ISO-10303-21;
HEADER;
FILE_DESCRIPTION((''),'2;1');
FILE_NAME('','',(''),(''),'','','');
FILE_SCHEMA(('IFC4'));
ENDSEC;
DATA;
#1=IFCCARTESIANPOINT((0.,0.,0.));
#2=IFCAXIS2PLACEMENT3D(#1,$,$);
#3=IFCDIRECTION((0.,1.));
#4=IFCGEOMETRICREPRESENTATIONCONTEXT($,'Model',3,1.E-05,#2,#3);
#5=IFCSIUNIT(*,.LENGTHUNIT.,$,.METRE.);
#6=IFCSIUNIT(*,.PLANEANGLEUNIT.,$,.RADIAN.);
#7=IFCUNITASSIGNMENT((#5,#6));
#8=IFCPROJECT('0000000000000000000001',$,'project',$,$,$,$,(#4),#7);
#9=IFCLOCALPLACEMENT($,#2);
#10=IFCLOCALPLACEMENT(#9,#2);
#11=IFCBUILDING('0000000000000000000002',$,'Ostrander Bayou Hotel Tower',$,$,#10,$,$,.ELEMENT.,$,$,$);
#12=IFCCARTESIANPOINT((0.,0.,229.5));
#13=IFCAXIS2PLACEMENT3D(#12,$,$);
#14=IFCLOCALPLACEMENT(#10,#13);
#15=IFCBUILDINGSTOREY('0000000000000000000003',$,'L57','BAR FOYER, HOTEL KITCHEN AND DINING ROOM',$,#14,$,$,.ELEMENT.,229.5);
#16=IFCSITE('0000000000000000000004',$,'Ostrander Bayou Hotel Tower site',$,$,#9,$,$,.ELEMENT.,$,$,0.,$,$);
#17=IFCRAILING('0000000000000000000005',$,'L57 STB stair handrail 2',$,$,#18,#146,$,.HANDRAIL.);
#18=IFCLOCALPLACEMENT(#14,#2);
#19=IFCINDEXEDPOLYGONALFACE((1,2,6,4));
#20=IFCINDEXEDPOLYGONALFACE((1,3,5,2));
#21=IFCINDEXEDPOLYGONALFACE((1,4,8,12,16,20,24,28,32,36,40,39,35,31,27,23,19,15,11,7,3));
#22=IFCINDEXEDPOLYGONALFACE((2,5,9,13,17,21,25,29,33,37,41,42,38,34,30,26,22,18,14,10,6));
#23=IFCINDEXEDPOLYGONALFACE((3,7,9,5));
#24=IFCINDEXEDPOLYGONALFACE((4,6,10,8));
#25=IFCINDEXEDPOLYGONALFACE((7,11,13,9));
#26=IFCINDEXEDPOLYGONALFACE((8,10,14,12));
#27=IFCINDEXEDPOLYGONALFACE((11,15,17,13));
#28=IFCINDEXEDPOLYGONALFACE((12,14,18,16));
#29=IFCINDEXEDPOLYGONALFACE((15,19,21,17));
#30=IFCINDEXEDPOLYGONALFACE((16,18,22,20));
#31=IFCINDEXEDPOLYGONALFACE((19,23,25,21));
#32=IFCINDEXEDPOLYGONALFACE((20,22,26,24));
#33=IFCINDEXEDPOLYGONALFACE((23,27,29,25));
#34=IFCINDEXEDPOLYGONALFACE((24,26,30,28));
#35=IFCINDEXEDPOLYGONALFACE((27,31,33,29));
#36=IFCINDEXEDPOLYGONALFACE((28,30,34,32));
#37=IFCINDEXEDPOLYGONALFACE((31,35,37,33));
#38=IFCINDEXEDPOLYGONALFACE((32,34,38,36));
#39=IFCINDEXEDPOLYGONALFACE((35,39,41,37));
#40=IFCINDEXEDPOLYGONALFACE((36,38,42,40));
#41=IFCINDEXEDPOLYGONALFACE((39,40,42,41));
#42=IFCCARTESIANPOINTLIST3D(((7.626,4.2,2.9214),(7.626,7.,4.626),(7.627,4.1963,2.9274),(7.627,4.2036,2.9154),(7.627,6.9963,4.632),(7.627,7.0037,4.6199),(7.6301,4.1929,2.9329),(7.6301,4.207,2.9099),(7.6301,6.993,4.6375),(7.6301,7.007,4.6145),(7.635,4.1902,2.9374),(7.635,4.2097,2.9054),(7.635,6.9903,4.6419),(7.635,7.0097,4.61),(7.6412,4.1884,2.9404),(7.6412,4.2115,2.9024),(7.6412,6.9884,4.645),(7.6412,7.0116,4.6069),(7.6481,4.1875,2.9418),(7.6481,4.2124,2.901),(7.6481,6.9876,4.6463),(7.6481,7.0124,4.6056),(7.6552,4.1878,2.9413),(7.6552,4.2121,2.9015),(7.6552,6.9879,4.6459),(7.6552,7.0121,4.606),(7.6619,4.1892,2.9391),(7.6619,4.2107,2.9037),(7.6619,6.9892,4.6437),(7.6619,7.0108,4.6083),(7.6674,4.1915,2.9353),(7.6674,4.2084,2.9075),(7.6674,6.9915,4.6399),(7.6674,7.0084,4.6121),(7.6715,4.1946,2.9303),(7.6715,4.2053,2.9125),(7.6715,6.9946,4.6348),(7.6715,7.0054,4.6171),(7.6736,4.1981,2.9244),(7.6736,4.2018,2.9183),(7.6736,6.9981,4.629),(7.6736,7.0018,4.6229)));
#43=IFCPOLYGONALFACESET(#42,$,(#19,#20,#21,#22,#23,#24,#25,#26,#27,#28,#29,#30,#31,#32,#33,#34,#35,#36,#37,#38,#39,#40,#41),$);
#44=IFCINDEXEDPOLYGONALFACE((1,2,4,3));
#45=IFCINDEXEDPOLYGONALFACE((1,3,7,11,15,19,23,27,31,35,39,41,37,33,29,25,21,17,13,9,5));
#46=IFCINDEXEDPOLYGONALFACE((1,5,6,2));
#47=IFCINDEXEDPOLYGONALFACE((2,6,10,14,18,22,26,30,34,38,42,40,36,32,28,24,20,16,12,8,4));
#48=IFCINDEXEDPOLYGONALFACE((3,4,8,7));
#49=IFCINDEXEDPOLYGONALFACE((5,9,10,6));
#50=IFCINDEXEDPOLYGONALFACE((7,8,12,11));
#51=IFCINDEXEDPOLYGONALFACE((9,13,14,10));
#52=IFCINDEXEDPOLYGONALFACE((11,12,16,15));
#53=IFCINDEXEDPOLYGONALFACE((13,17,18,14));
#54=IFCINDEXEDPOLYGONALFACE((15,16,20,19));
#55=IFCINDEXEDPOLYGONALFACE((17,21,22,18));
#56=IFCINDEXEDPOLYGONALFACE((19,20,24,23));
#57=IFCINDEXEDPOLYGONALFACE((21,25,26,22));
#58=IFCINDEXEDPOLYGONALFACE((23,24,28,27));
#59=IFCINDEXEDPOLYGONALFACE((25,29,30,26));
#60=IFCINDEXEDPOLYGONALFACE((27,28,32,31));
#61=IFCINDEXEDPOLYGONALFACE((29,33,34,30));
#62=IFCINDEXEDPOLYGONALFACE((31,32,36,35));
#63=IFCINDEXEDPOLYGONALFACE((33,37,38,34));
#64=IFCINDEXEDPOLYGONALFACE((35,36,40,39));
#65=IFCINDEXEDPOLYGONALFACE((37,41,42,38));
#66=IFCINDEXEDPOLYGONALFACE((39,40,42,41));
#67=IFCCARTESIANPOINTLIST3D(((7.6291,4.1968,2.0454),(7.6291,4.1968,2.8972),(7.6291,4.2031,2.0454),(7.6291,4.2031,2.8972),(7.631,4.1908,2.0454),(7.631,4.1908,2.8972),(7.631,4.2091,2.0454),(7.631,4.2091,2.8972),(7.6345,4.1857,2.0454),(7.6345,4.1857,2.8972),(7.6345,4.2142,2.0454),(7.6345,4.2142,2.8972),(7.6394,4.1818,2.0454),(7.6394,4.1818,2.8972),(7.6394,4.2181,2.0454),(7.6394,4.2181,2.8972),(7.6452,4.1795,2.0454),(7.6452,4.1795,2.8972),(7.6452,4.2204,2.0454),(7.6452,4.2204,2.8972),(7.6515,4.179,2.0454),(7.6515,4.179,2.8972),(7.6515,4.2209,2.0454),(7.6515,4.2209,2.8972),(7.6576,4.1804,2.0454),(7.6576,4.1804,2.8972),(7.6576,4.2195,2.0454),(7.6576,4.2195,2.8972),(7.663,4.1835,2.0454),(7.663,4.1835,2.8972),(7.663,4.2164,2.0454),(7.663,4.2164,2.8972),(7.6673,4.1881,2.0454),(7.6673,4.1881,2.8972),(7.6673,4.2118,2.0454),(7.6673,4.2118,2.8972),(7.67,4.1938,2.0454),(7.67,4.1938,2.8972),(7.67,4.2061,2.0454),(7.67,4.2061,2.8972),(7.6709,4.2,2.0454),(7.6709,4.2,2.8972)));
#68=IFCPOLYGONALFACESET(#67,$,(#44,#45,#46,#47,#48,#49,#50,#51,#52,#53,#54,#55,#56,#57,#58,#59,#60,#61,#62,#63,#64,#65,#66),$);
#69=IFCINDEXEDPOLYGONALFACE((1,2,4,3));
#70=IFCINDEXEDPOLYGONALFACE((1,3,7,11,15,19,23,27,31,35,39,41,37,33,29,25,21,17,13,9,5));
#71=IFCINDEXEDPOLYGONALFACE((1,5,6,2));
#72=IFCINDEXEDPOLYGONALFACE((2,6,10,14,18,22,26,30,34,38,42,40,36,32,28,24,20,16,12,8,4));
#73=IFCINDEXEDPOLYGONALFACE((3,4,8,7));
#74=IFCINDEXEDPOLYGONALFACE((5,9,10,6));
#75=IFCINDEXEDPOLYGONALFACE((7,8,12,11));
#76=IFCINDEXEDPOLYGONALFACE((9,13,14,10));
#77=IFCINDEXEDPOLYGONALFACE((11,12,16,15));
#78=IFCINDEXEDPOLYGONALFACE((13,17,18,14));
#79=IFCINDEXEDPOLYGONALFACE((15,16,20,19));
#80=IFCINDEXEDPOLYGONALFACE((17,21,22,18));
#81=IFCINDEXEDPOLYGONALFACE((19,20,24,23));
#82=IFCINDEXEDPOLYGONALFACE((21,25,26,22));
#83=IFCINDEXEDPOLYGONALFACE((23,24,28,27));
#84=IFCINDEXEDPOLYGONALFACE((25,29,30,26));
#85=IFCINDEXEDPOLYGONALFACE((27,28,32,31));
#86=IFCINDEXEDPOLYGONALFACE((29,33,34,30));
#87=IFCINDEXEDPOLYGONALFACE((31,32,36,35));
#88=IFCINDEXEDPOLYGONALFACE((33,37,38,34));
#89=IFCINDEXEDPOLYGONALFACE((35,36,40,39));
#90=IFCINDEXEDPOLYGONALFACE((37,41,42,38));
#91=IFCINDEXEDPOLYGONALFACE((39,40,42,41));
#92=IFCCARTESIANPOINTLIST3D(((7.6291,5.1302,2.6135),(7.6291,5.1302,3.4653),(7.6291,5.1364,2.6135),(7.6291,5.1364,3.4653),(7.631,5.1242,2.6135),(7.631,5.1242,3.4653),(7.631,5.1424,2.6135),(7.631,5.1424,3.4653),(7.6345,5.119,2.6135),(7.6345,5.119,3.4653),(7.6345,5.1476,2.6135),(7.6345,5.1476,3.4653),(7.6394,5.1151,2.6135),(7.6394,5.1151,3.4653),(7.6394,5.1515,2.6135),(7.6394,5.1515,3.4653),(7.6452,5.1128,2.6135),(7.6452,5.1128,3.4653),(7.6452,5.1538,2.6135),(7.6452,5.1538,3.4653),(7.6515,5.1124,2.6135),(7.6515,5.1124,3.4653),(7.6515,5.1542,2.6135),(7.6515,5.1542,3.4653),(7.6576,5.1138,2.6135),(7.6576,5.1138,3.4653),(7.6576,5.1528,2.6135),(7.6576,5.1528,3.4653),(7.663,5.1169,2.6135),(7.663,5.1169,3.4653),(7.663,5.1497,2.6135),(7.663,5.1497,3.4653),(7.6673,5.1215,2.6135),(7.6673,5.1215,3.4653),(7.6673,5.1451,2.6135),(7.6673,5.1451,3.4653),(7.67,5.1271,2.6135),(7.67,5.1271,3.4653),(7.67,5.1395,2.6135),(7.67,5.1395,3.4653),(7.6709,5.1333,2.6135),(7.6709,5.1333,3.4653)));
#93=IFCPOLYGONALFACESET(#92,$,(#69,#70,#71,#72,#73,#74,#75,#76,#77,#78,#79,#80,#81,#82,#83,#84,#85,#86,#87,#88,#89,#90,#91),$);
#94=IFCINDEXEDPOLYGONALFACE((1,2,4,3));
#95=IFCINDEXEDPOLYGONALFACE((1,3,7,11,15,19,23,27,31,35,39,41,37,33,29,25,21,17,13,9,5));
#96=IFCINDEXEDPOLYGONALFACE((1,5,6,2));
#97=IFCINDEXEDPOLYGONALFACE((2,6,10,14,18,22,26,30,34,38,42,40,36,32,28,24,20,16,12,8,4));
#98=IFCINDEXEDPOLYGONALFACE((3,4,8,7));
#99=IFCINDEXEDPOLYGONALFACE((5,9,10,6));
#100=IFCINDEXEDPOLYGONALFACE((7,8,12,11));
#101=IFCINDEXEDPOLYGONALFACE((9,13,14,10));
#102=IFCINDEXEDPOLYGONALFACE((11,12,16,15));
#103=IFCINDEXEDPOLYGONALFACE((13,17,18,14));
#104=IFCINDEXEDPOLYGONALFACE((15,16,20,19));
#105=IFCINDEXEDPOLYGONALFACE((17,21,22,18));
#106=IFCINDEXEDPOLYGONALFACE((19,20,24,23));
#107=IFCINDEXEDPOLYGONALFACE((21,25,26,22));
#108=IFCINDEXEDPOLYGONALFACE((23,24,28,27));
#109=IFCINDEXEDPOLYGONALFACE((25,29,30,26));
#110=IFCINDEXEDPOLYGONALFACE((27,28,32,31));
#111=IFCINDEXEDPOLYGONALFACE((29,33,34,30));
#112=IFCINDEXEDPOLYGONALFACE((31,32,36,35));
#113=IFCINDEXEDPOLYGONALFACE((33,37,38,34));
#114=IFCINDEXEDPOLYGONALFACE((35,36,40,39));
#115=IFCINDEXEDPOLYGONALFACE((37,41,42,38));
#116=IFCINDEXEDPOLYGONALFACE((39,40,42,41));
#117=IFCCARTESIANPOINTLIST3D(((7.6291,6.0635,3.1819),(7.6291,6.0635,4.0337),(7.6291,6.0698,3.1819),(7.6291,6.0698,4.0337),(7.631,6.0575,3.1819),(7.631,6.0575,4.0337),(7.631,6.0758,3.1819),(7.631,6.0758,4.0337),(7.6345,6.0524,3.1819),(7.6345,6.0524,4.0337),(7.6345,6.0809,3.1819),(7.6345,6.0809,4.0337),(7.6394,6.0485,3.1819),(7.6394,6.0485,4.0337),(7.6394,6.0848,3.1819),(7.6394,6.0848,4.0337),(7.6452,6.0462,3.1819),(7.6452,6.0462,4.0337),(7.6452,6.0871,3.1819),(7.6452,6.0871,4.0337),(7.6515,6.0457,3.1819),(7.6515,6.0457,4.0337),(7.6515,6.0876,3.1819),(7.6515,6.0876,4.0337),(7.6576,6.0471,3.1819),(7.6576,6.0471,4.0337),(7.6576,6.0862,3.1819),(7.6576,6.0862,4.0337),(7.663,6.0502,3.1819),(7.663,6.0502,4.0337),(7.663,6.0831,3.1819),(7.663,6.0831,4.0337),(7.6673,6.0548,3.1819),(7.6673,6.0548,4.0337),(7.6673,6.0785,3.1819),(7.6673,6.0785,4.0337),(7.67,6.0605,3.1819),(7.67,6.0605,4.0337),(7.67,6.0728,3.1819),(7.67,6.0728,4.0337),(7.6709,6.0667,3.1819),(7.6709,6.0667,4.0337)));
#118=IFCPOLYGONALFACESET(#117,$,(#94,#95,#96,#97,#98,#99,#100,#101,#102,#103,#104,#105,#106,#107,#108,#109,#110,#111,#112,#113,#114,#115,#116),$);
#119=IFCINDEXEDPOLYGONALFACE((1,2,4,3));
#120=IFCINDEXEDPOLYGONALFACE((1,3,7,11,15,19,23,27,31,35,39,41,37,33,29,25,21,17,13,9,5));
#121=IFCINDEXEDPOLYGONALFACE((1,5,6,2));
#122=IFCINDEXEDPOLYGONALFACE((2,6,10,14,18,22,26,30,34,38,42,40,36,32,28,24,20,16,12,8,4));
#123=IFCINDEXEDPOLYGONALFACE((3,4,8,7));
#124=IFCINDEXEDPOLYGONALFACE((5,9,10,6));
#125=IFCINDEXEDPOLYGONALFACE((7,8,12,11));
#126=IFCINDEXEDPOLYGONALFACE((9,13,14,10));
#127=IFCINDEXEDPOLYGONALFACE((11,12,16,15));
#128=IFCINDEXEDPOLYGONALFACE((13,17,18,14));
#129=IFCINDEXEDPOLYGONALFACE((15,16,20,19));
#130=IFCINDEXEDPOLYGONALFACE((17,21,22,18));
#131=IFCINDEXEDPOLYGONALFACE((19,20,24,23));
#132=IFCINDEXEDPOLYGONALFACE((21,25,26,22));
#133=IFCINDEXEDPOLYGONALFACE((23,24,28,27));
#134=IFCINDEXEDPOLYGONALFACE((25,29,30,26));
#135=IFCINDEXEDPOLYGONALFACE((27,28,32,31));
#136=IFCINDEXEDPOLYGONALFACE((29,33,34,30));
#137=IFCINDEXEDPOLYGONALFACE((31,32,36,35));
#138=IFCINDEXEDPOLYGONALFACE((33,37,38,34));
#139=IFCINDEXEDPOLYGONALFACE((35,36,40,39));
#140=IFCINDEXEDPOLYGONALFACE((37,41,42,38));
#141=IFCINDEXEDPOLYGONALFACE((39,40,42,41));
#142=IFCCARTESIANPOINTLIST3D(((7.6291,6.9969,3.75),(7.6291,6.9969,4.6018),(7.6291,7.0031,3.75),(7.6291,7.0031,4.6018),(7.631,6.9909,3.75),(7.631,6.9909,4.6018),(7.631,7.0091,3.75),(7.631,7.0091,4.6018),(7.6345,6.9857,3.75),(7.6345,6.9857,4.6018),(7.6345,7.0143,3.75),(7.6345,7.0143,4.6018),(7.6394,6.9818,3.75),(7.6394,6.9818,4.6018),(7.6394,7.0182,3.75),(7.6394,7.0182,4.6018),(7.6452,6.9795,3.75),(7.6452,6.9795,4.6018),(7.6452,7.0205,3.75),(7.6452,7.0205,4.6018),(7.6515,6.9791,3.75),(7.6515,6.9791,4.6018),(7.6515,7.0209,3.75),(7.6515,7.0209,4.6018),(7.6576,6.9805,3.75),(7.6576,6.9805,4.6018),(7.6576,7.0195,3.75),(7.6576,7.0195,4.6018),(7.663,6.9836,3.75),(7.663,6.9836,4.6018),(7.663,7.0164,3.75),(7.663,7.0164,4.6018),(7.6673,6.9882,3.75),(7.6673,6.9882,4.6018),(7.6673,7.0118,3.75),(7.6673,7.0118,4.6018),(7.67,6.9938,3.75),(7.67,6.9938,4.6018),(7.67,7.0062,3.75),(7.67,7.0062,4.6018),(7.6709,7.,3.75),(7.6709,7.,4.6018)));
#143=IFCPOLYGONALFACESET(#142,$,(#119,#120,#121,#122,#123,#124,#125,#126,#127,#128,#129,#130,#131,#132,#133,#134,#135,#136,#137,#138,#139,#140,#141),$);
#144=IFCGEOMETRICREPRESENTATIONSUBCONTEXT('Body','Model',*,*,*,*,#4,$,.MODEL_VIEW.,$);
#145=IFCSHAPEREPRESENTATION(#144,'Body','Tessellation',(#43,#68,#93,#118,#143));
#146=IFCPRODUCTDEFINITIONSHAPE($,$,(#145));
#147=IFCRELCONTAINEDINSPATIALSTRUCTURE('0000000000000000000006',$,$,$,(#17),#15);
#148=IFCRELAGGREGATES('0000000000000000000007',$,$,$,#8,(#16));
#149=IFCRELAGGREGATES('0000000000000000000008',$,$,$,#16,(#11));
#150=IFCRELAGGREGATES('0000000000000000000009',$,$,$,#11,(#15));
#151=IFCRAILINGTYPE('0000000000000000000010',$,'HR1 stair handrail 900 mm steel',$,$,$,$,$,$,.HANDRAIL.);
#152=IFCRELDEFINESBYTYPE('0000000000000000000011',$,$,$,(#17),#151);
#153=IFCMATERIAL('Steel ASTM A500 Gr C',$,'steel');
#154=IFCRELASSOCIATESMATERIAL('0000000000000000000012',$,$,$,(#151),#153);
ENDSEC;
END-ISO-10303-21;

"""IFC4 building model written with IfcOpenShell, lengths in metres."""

from ifc_helpers import new_model, si_unit, direction, frame, origin, origin_2d, place, context, subcontext, project, spatial, circle, extrude, material, type_object, element, save


model = new_model("IFC4")

# Units and contexts
model_context = context("Model", 3, precision=1e-05, world=origin(), true_north=direction((0.0, 1.0)))
body_context = subcontext(model_context, "Body", "Model", "MODEL_VIEW")
ifc_project = project(units=[si_unit("LENGTHUNIT", "METRE"), si_unit("PLANEANGLEUNIT", "RADIAN")], contexts=[model_context])

# Site, building, storey
site_placement = place(None, origin())
site = spatial("IfcSite", under=ifc_project, at=site_placement, Name="Ostrander Bayou Hotel Tower site", CompositionType="ELEMENT", RefElevation=0.0)
building_placement = place(site_placement, origin())
building = spatial("IfcBuilding", under=site, at=building_placement, Name="Ostrander Bayou Hotel Tower", CompositionType="ELEMENT")
storey_placement = place(building_placement, frame((0.0, 0.0, 229.5)))
storey = spatial("IfcBuildingStorey", under=building, at=storey_placement, Name="L57", Description="BAR FOYER, HOTEL KITCHEN AND DINING ROOM", CompositionType="ELEMENT", Elevation=229.5)

# Railing
ifc_material_1 = material(Name="Steel ASTM A500 Gr C", Category="steel")
railing_type_1 = type_object("IfcRailingType", Name="HR1 stair handrail 900 mm steel", PredefinedType="HANDRAIL", material=ifc_material_1)
railing_1_placement = place(storey_placement, frame((7.6499, 4.2, 2.0454)))
element("IfcRailing", 1, at=railing_1_placement, inside=storey, type_object=railing_type_1, Name="L57 STB stair handrail 2", PredefinedType="HANDRAIL", context=body_context, shape_type="SweptSolid", body=[
    extrude(circle(Radius=0.0239, at=origin_2d()), frame((0.0, 0.0, 0.876), z_axis=(0.0, 0.85417, 0.519994), x_axis=(-1.0, 0.0, 0.0)), (0.0, 0.0, 1.0), 3.2781),
    extrude(circle(Radius=0.021, at=origin_2d()), origin(), (0.0, 0.0, 1.0), 0.8518),
    extrude(circle(Radius=0.021, at=origin_2d()), frame((0.0, 0.9333, 0.5681)), (0.0, 0.0, 1.0), 0.8518),
    extrude(circle(Radius=0.021, at=origin_2d()), frame((0.0, 1.8667, 1.1365)), (0.0, 0.0, 1.0), 0.8518),
    extrude(circle(Radius=0.021, at=origin_2d()), frame((0.0, 2.8, 1.7046)), (0.0, 0.0, 1.0), 0.8518),
])

save(model, "model.ifc")
